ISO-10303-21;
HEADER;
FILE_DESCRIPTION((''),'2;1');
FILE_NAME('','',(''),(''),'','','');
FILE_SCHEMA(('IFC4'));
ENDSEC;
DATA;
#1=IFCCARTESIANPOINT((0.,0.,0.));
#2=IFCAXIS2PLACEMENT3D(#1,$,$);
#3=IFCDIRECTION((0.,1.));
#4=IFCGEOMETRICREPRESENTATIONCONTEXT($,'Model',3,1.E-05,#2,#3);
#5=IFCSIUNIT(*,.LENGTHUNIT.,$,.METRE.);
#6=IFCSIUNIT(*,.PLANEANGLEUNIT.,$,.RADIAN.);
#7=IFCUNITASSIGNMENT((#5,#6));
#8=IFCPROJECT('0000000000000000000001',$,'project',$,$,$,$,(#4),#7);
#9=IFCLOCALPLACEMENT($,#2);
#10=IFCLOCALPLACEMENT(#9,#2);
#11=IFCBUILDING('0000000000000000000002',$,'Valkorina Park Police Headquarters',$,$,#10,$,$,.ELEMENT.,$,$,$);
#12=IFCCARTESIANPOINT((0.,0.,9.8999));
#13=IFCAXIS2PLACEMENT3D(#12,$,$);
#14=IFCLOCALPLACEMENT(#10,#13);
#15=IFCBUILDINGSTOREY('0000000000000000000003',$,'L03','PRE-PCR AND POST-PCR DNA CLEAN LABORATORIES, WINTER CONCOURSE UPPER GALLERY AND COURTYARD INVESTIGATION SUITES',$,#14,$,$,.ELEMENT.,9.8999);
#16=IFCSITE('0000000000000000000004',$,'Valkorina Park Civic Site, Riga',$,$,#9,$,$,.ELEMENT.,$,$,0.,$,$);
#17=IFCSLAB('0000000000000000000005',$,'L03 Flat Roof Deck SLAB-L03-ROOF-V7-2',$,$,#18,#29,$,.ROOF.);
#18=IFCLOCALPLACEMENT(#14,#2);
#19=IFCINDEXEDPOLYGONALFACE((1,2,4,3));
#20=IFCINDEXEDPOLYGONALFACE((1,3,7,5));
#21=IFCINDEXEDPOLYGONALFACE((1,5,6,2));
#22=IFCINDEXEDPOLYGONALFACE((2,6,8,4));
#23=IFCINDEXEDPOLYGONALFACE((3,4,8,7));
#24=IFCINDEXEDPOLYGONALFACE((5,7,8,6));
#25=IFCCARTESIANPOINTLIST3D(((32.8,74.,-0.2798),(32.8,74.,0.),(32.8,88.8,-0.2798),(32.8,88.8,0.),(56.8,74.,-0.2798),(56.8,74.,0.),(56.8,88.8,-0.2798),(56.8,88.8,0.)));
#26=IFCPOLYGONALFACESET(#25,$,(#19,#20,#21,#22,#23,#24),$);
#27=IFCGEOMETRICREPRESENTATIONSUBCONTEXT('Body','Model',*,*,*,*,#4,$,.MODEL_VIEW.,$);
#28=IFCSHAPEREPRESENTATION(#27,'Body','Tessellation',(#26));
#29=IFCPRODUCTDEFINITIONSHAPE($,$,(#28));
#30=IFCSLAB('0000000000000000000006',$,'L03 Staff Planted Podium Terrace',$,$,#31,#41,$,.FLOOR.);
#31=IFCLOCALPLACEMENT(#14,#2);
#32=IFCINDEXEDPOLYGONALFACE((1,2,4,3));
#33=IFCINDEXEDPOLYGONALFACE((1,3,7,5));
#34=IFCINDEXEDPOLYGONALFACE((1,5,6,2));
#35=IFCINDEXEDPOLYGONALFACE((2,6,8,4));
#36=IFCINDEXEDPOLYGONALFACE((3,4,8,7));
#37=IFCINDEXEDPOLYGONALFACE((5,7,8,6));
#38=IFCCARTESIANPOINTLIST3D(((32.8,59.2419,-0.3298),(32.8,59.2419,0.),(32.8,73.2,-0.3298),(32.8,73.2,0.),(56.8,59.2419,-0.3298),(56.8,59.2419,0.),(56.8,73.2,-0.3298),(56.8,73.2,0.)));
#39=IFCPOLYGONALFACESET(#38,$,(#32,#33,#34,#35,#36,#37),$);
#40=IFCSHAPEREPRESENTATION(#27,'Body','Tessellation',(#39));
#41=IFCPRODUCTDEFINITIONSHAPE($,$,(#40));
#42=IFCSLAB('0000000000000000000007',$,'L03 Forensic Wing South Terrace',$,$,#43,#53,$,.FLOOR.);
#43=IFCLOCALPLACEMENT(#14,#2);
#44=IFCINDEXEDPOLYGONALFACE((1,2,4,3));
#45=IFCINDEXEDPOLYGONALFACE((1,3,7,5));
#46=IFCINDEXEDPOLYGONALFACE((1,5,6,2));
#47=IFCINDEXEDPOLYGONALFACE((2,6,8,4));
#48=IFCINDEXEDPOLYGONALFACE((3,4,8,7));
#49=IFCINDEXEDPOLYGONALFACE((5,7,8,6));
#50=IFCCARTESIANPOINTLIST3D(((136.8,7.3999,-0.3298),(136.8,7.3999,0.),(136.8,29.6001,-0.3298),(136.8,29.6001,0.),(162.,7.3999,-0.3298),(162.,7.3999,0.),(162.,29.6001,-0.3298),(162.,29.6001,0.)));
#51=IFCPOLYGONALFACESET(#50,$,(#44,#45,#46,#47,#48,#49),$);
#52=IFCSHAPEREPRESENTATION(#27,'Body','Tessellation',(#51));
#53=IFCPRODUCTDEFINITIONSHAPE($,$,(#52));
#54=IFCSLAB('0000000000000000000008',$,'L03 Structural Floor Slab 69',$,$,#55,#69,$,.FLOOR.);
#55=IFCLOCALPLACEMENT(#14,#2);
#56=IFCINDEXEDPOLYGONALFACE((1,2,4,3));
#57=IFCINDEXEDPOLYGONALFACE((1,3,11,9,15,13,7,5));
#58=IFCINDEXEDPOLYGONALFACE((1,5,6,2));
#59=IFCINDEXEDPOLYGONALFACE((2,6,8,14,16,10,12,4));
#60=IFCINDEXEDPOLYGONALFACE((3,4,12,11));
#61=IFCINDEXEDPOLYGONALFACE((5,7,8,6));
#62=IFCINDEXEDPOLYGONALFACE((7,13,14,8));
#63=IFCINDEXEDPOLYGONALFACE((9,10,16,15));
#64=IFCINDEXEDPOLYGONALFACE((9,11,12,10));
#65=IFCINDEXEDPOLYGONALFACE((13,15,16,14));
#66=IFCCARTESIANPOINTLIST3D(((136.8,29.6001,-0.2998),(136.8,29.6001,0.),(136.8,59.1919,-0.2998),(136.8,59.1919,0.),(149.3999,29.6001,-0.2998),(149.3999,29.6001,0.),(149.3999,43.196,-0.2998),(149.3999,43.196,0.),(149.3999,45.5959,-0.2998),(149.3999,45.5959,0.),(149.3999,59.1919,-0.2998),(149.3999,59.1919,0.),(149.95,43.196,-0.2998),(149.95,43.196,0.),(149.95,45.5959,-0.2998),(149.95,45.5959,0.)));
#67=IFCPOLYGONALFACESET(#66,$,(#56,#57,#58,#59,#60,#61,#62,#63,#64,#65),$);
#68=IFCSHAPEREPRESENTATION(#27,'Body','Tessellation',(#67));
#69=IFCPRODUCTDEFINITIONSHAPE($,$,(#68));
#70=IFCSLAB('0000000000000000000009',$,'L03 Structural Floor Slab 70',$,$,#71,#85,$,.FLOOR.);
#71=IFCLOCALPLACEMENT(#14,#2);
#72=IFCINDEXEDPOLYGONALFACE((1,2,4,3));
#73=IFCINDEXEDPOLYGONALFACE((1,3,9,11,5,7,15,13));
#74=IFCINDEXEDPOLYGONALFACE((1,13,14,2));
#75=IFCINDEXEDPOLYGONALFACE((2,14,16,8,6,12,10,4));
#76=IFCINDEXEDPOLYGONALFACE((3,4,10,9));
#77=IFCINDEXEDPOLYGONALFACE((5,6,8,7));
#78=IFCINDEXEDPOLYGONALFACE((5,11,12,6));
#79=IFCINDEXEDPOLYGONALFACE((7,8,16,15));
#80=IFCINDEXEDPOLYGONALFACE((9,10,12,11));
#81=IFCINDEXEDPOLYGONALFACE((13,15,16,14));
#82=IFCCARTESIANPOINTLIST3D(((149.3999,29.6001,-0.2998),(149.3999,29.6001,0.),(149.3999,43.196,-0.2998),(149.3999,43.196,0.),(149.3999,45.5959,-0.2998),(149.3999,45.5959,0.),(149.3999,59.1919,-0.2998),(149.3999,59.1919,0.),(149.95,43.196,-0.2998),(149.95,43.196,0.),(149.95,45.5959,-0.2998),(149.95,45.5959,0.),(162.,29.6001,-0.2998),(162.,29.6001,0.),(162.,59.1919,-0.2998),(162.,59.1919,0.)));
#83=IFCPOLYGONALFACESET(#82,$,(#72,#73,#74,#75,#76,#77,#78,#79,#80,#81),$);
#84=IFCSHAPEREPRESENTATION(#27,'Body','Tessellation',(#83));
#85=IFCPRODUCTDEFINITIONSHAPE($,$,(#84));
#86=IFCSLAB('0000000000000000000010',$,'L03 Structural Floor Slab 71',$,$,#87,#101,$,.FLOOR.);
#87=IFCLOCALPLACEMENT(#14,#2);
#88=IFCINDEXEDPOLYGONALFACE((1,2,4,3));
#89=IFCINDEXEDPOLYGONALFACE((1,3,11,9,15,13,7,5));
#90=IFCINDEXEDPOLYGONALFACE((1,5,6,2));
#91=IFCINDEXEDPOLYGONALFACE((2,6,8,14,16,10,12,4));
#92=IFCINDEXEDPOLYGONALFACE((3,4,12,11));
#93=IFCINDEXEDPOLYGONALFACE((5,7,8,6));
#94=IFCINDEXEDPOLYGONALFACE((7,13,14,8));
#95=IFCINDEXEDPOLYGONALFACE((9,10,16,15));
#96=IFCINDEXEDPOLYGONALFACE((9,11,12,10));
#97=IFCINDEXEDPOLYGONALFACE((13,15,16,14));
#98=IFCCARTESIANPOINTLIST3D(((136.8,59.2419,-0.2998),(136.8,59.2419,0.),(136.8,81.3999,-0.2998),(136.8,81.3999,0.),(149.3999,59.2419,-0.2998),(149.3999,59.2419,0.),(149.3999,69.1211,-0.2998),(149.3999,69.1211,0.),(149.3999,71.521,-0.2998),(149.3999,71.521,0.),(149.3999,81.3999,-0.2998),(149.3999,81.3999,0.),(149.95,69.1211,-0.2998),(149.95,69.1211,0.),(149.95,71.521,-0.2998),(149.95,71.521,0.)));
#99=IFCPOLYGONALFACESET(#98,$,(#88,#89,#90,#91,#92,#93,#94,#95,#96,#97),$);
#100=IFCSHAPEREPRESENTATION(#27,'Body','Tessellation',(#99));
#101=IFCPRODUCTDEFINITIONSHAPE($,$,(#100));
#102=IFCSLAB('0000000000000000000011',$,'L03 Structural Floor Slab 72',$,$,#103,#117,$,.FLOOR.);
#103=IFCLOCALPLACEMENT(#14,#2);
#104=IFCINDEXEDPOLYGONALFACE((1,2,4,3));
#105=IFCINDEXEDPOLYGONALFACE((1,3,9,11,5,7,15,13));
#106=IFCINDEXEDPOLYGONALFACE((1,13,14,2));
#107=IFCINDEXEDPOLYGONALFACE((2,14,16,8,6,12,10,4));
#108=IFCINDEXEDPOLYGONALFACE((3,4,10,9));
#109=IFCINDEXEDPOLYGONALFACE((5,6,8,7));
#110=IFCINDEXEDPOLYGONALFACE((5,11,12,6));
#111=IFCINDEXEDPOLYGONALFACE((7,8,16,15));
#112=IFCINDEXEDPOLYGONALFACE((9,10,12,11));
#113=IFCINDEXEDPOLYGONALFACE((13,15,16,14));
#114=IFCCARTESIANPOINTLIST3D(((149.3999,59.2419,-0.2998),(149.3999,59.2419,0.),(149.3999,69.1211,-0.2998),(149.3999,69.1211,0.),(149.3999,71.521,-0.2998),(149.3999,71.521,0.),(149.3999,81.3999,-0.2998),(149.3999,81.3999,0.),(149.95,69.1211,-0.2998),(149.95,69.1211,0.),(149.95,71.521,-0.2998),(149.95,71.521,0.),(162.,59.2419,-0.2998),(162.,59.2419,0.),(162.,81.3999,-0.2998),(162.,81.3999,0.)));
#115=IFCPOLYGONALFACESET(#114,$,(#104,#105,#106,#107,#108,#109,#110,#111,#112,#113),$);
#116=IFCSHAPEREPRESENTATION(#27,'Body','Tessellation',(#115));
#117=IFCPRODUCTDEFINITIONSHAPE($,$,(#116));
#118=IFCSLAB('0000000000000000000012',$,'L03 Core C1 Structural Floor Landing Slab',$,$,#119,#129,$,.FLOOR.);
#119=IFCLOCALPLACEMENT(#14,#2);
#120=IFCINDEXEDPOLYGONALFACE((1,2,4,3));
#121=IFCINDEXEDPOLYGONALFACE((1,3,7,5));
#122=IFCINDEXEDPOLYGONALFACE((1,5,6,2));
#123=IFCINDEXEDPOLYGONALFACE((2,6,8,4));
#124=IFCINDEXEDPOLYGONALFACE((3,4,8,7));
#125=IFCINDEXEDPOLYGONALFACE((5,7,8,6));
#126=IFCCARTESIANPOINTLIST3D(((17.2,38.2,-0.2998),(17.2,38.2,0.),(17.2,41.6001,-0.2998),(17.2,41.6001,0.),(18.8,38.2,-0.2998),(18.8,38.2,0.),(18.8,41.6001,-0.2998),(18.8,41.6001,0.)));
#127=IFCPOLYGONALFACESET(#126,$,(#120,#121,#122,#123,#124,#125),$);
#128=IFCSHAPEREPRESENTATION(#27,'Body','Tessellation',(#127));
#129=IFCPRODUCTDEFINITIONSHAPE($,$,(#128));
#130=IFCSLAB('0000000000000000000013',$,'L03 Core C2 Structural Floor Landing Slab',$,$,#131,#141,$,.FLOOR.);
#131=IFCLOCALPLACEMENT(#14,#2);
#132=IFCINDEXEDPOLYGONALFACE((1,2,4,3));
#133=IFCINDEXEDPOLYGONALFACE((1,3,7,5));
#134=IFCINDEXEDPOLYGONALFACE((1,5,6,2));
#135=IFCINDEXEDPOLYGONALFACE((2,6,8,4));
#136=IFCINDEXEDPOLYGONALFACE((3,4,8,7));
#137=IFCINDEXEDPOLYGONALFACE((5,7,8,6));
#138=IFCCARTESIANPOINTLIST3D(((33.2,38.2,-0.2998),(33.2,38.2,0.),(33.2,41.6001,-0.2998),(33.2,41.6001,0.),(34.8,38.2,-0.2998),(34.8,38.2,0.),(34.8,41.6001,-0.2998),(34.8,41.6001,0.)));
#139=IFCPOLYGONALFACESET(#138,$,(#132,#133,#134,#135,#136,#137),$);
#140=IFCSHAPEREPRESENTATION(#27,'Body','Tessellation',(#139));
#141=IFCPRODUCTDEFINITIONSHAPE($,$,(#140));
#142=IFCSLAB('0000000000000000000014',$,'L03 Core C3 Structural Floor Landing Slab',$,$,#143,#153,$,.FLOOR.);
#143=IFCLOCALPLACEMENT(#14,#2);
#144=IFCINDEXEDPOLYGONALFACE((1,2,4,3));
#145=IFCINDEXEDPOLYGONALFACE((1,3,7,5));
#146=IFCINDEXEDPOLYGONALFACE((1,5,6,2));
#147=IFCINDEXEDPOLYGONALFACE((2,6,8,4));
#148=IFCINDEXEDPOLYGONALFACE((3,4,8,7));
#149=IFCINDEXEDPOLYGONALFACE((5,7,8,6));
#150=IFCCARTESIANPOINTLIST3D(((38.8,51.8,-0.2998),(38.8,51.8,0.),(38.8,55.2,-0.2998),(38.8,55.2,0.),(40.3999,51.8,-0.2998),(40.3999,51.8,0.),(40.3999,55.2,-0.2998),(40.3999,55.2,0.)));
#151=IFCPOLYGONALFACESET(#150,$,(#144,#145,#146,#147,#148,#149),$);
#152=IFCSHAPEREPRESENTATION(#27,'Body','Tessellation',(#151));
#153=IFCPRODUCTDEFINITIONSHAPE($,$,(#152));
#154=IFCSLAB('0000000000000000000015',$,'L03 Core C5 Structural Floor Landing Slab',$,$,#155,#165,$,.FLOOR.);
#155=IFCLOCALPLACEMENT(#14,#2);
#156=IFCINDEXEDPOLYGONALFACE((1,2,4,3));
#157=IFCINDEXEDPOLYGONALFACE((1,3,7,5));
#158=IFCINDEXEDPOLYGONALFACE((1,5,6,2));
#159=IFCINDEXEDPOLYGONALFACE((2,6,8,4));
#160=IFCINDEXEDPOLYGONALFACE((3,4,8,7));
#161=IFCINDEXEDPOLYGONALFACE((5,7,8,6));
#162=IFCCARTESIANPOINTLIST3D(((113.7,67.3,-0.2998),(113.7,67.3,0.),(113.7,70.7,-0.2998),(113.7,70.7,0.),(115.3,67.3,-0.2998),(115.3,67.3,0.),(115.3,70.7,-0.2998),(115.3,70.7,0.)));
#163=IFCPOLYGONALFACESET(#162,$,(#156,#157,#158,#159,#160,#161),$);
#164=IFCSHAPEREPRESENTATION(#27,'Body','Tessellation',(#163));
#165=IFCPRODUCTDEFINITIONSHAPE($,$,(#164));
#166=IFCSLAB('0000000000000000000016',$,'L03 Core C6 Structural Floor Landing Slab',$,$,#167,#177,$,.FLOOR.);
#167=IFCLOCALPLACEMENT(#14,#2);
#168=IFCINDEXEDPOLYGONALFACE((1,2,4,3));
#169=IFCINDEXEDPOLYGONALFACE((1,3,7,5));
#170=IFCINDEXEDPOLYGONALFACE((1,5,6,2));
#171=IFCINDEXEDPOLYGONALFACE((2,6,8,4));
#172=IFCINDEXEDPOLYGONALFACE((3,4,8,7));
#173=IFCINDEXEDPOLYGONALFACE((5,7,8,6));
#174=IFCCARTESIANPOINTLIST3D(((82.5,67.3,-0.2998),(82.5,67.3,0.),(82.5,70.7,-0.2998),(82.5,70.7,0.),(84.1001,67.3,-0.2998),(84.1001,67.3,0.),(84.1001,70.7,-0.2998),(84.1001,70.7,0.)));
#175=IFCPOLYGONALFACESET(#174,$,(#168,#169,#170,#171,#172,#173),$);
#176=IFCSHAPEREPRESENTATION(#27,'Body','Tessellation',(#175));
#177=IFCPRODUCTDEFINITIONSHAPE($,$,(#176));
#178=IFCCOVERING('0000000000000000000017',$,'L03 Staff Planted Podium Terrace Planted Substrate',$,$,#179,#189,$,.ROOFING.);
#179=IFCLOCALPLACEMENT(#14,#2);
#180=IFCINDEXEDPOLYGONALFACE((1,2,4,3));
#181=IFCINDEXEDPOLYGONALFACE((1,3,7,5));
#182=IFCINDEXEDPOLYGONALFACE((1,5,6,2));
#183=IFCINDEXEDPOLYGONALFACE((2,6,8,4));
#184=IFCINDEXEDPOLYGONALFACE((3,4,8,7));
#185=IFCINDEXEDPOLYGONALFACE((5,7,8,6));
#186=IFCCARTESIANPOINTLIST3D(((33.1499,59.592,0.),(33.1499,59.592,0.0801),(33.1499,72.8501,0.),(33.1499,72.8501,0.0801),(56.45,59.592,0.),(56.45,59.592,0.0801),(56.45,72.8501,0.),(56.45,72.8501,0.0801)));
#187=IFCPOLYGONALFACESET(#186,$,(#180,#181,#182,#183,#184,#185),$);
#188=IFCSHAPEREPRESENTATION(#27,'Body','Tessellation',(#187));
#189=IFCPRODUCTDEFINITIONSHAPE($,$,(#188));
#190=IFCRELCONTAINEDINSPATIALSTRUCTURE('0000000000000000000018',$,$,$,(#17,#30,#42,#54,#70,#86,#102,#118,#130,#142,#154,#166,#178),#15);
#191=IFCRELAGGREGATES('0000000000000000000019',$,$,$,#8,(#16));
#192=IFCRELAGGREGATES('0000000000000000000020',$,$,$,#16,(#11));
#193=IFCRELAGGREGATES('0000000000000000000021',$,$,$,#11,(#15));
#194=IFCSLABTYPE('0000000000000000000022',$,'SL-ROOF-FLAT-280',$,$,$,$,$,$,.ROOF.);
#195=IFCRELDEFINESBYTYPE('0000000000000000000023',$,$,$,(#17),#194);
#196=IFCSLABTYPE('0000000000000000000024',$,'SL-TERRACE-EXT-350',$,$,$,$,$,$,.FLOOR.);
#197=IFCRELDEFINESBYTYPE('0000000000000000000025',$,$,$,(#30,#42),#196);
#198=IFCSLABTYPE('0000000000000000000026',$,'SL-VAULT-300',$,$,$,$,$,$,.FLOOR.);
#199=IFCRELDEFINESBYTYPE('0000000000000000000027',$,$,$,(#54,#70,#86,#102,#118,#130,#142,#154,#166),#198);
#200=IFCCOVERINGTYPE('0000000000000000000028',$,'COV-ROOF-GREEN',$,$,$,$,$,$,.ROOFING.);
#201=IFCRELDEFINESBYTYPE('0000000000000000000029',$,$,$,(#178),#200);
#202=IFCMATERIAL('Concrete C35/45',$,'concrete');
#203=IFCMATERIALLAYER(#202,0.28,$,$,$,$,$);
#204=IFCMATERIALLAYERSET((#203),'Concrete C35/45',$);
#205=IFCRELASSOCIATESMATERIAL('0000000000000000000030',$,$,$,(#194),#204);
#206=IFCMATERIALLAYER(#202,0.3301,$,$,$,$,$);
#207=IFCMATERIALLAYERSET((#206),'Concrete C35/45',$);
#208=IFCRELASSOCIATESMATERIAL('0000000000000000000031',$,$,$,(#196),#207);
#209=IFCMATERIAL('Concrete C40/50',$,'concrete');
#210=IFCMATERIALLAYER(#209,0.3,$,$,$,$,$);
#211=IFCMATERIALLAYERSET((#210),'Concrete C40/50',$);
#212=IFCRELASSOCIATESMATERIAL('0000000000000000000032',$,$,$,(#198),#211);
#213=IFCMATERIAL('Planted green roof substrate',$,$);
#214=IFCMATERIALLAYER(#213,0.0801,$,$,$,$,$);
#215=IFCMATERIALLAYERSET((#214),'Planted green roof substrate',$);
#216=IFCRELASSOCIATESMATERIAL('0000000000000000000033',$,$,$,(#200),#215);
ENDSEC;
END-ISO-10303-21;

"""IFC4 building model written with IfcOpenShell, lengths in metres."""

from ifc_helpers import new_model, si_unit, direction, frame, origin, place, context, subcontext, project, spatial, polyline, outline, extrude, material, layer, layer_set, type_object, element, save


model = new_model("IFC4")

# Units and contexts
model_context = context("Model", 3, precision=1e-05, world=origin(), true_north=direction((0.0, 1.0)))
body_context = subcontext(model_context, "Body", "Model", "MODEL_VIEW")
ifc_project = project(units=[si_unit("LENGTHUNIT", "METRE"), si_unit("PLANEANGLEUNIT", "RADIAN")], contexts=[model_context])

# Site, building, storey
site_placement = place(None, origin())
site = spatial("IfcSite", under=ifc_project, at=site_placement, Name="Valkorina Park Civic Site, Riga", CompositionType="ELEMENT", RefElevation=0.0)
building_placement = place(site_placement, origin())
building = spatial("IfcBuilding", under=site, at=building_placement, Name="Valkorina Park Police Headquarters", CompositionType="ELEMENT")
storey_placement = place(building_placement, frame((0.0, 0.0, 9.8999)))
storey = spatial("IfcBuildingStorey", under=building, at=storey_placement, Name="L03", Description="PRE-PCR AND POST-PCR DNA CLEAN LABORATORIES, WINTER CONCOURSE UPPER GALLERY AND COURTYARD INVESTIGATION SUITES", CompositionType="ELEMENT", Elevation=9.8999)

# Shared definitions
ifc_material_1 = material(Name="Concrete C35/45", Category="concrete")

# Shared definitions
ifc_layer_1 = layer(ifc_material_1, 0.28)
ifc_layer_set_1 = layer_set([ifc_layer_1], Name="Concrete C35/45")
slab_type_1 = type_object("IfcSlabType", Name="SL-ROOF-FLAT-280", PredefinedType="ROOF", material=ifc_layer_set_1)

# Slabs
slab_1_placement = place(storey_placement, frame((0.0, 0.0, -0.2798)))
element("IfcSlab", 1, at=slab_1_placement, inside=storey, type_object=slab_type_1, Name="L03 Flat Roof Deck SLAB-L03-ROOF-V7-2", PredefinedType="ROOF", context=body_context, shape_type="SweptSolid", body=[
    extrude(outline(polyline([(56.8, 74.0), (56.8, 88.8), (32.8, 88.8), (32.8, 74.0), (56.8, 74.0)])), origin(), (0.0, 0.0, 1.0), 0.2798),
])
ifc_layer_2 = layer(ifc_material_1, 0.3301)
ifc_layer_set_2 = layer_set([ifc_layer_2], Name="Concrete C35/45")
slab_type_2 = type_object("IfcSlabType", Name="SL-TERRACE-EXT-350", PredefinedType="FLOOR", material=ifc_layer_set_2)
slab_2_placement = place(storey_placement, frame((0.0, 0.0, -0.3298)))
element("IfcSlab", 2, at=slab_2_placement, inside=storey, type_object=slab_type_2, Name="L03 Staff Planted Podium Terrace", PredefinedType="FLOOR", context=body_context, shape_type="SweptSolid", body=[
    extrude(outline(polyline([(32.8, 59.2419), (56.8, 59.2419), (56.8, 73.2), (32.8, 73.2), (32.8, 59.2419)])), origin(), (0.0, 0.0, 1.0), 0.3298),
])
slab_3_placement = place(storey_placement, frame((0.0, 0.0, -0.3298)))
element("IfcSlab", 3, at=slab_3_placement, inside=storey, type_object=slab_type_2, Name="L03 Forensic Wing South Terrace", PredefinedType="FLOOR", context=body_context, shape_type="SweptSolid", body=[
    extrude(outline(polyline([(162.0, 7.3999), (162.0, 29.6001), (136.8, 29.6001), (136.8, 7.3999), (162.0, 7.3999)])), origin(), (0.0, 0.0, 1.0), 0.3298),
])
ifc_material_2 = material(Name="Concrete C40/50", Category="concrete")
ifc_layer_3 = layer(ifc_material_2, 0.3)
ifc_layer_set_3 = layer_set([ifc_layer_3], Name="Concrete C40/50")
slab_type_3 = type_object("IfcSlabType", Name="SL-VAULT-300", PredefinedType="FLOOR", material=ifc_layer_set_3)
slab_4_placement = place(storey_placement, frame((0.0, 0.0, -0.2998)))
element("IfcSlab", 4, at=slab_4_placement, inside=storey, type_object=slab_type_3, Name="L03 Structural Floor Slab 69", PredefinedType="FLOOR", context=body_context, shape_type="SweptSolid", body=[
    extrude(outline(polyline([(149.3999, 29.6001), (149.3999, 43.196), (149.95, 43.196), (149.95, 45.5959), (149.3999, 45.5959), (149.3999, 59.1919), (136.8, 59.1919), (136.8, 29.6001), (149.3999, 29.6001)])), origin(), (0.0, 0.0, 1.0), 0.2998),
])
slab_5_placement = place(storey_placement, frame((0.0, 0.0, -0.2998)))
element("IfcSlab", 5, at=slab_5_placement, inside=storey, type_object=slab_type_3, Name="L03 Structural Floor Slab 70", PredefinedType="FLOOR", context=body_context, shape_type="SweptSolid", body=[
    extrude(outline(polyline([(149.3999, 59.1919), (149.3999, 45.5959), (149.95, 45.5959), (149.95, 43.196), (149.3999, 43.196), (149.3999, 29.6001), (162.0, 29.6001), (162.0, 59.1919), (149.3999, 59.1919)])), origin(), (0.0, 0.0, 1.0), 0.2998),
])
slab_6_placement = place(storey_placement, frame((0.0, 0.0, -0.2998)))
element("IfcSlab", 6, at=slab_6_placement, inside=storey, type_object=slab_type_3, Name="L03 Structural Floor Slab 71", PredefinedType="FLOOR", context=body_context, shape_type="SweptSolid", body=[
    extrude(outline(polyline([(149.3999, 59.2419), (149.3999, 69.1211), (149.95, 69.1211), (149.95, 71.521), (149.3999, 71.521), (149.3999, 81.3999), (136.8, 81.3999), (136.8, 59.2419), (149.3999, 59.2419)])), origin(), (0.0, 0.0, 1.0), 0.2998),
])
slab_7_placement = place(storey_placement, frame((0.0, 0.0, -0.2998)))
element("IfcSlab", 7, at=slab_7_placement, inside=storey, type_object=slab_type_3, Name="L03 Structural Floor Slab 72", PredefinedType="FLOOR", context=body_context, shape_type="SweptSolid", body=[
    extrude(outline(polyline([(149.3999, 81.3999), (149.3999, 71.521), (149.95, 71.521), (149.95, 69.1211), (149.3999, 69.1211), (149.3999, 59.2419), (162.0, 59.2419), (162.0, 81.3999), (149.3999, 81.3999)])), origin(), (0.0, 0.0, 1.0), 0.2998),
])
slab_8_placement = place(storey_placement, frame((0.0, 0.0, -0.2998)))
element("IfcSlab", 8, at=slab_8_placement, inside=storey, type_object=slab_type_3, Name="L03 Core C1 Structural Floor Landing Slab", PredefinedType="FLOOR", context=body_context, shape_type="SweptSolid", body=[
    extrude(outline(polyline([(17.2, 38.2), (18.8, 38.2), (18.8, 41.6001), (17.2, 41.6001), (17.2, 38.2)])), origin(), (0.0, 0.0, 1.0), 0.2998),
])
slab_9_placement = place(storey_placement, frame((0.0, 0.0, -0.2998)))
element("IfcSlab", 9, at=slab_9_placement, inside=storey, type_object=slab_type_3, Name="L03 Core C2 Structural Floor Landing Slab", PredefinedType="FLOOR", context=body_context, shape_type="SweptSolid", body=[
    extrude(outline(polyline([(33.2, 38.2), (34.8, 38.2), (34.8, 41.6001), (33.2, 41.6001), (33.2, 38.2)])), origin(), (0.0, 0.0, 1.0), 0.2998),
])
slab_10_placement = place(storey_placement, frame((0.0, 0.0, -0.2998)))
element("IfcSlab", 10, at=slab_10_placement, inside=storey, type_object=slab_type_3, Name="L03 Core C3 Structural Floor Landing Slab", PredefinedType="FLOOR", context=body_context, shape_type="SweptSolid", body=[
    extrude(outline(polyline([(38.8, 51.8), (40.3999, 51.8), (40.3999, 55.2), (38.8, 55.2), (38.8, 51.8)])), origin(), (0.0, 0.0, 1.0), 0.2998),
])
slab_11_placement = place(storey_placement, frame((0.0, 0.0, -0.2998)))
element("IfcSlab", 11, at=slab_11_placement, inside=storey, type_object=slab_type_3, Name="L03 Core C5 Structural Floor Landing Slab", PredefinedType="FLOOR", context=body_context, shape_type="SweptSolid", body=[
    extrude(outline(polyline([(113.7, 67.3), (115.3, 67.3), (115.3, 70.7), (113.7, 70.7), (113.7, 67.3)])), origin(), (0.0, 0.0, 1.0), 0.2998),
])
slab_12_placement = place(storey_placement, frame((0.0, 0.0, -0.2998)))
element("IfcSlab", 12, at=slab_12_placement, inside=storey, type_object=slab_type_3, Name="L03 Core C6 Structural Floor Landing Slab", PredefinedType="FLOOR", context=body_context, shape_type="SweptSolid", body=[
    extrude(outline(polyline([(82.5, 67.3), (84.1001, 67.3), (84.1001, 70.7), (82.5, 70.7), (82.5, 67.3)])), origin(), (0.0, 0.0, 1.0), 0.2998),
])

# Covering
ifc_material_3 = material(Name="Planted green roof substrate")
ifc_layer_4 = layer(ifc_material_3, 0.0801)
ifc_layer_set_4 = layer_set([ifc_layer_4], Name="Planted green roof substrate")
covering_type = type_object("IfcCoveringType", Name="COV-ROOF-GREEN", PredefinedType="ROOFING", material=ifc_layer_set_4)
covering_1_placement = place(storey_placement, origin())
element("IfcCovering", 13, at=covering_1_placement, inside=storey, type_object=covering_type, Name="L03 Staff Planted Podium Terrace Planted Substrate", PredefinedType="ROOFING", context=body_context, shape_type="SweptSolid", body=[
    extrude(outline(polyline([(33.1499, 59.592), (56.45, 59.592), (56.45, 72.8501), (33.1499, 72.8501), (33.1499, 59.592)])), origin(), (0.0, 0.0, 1.0), 0.0801),
])

save(model, "model.ifc")
